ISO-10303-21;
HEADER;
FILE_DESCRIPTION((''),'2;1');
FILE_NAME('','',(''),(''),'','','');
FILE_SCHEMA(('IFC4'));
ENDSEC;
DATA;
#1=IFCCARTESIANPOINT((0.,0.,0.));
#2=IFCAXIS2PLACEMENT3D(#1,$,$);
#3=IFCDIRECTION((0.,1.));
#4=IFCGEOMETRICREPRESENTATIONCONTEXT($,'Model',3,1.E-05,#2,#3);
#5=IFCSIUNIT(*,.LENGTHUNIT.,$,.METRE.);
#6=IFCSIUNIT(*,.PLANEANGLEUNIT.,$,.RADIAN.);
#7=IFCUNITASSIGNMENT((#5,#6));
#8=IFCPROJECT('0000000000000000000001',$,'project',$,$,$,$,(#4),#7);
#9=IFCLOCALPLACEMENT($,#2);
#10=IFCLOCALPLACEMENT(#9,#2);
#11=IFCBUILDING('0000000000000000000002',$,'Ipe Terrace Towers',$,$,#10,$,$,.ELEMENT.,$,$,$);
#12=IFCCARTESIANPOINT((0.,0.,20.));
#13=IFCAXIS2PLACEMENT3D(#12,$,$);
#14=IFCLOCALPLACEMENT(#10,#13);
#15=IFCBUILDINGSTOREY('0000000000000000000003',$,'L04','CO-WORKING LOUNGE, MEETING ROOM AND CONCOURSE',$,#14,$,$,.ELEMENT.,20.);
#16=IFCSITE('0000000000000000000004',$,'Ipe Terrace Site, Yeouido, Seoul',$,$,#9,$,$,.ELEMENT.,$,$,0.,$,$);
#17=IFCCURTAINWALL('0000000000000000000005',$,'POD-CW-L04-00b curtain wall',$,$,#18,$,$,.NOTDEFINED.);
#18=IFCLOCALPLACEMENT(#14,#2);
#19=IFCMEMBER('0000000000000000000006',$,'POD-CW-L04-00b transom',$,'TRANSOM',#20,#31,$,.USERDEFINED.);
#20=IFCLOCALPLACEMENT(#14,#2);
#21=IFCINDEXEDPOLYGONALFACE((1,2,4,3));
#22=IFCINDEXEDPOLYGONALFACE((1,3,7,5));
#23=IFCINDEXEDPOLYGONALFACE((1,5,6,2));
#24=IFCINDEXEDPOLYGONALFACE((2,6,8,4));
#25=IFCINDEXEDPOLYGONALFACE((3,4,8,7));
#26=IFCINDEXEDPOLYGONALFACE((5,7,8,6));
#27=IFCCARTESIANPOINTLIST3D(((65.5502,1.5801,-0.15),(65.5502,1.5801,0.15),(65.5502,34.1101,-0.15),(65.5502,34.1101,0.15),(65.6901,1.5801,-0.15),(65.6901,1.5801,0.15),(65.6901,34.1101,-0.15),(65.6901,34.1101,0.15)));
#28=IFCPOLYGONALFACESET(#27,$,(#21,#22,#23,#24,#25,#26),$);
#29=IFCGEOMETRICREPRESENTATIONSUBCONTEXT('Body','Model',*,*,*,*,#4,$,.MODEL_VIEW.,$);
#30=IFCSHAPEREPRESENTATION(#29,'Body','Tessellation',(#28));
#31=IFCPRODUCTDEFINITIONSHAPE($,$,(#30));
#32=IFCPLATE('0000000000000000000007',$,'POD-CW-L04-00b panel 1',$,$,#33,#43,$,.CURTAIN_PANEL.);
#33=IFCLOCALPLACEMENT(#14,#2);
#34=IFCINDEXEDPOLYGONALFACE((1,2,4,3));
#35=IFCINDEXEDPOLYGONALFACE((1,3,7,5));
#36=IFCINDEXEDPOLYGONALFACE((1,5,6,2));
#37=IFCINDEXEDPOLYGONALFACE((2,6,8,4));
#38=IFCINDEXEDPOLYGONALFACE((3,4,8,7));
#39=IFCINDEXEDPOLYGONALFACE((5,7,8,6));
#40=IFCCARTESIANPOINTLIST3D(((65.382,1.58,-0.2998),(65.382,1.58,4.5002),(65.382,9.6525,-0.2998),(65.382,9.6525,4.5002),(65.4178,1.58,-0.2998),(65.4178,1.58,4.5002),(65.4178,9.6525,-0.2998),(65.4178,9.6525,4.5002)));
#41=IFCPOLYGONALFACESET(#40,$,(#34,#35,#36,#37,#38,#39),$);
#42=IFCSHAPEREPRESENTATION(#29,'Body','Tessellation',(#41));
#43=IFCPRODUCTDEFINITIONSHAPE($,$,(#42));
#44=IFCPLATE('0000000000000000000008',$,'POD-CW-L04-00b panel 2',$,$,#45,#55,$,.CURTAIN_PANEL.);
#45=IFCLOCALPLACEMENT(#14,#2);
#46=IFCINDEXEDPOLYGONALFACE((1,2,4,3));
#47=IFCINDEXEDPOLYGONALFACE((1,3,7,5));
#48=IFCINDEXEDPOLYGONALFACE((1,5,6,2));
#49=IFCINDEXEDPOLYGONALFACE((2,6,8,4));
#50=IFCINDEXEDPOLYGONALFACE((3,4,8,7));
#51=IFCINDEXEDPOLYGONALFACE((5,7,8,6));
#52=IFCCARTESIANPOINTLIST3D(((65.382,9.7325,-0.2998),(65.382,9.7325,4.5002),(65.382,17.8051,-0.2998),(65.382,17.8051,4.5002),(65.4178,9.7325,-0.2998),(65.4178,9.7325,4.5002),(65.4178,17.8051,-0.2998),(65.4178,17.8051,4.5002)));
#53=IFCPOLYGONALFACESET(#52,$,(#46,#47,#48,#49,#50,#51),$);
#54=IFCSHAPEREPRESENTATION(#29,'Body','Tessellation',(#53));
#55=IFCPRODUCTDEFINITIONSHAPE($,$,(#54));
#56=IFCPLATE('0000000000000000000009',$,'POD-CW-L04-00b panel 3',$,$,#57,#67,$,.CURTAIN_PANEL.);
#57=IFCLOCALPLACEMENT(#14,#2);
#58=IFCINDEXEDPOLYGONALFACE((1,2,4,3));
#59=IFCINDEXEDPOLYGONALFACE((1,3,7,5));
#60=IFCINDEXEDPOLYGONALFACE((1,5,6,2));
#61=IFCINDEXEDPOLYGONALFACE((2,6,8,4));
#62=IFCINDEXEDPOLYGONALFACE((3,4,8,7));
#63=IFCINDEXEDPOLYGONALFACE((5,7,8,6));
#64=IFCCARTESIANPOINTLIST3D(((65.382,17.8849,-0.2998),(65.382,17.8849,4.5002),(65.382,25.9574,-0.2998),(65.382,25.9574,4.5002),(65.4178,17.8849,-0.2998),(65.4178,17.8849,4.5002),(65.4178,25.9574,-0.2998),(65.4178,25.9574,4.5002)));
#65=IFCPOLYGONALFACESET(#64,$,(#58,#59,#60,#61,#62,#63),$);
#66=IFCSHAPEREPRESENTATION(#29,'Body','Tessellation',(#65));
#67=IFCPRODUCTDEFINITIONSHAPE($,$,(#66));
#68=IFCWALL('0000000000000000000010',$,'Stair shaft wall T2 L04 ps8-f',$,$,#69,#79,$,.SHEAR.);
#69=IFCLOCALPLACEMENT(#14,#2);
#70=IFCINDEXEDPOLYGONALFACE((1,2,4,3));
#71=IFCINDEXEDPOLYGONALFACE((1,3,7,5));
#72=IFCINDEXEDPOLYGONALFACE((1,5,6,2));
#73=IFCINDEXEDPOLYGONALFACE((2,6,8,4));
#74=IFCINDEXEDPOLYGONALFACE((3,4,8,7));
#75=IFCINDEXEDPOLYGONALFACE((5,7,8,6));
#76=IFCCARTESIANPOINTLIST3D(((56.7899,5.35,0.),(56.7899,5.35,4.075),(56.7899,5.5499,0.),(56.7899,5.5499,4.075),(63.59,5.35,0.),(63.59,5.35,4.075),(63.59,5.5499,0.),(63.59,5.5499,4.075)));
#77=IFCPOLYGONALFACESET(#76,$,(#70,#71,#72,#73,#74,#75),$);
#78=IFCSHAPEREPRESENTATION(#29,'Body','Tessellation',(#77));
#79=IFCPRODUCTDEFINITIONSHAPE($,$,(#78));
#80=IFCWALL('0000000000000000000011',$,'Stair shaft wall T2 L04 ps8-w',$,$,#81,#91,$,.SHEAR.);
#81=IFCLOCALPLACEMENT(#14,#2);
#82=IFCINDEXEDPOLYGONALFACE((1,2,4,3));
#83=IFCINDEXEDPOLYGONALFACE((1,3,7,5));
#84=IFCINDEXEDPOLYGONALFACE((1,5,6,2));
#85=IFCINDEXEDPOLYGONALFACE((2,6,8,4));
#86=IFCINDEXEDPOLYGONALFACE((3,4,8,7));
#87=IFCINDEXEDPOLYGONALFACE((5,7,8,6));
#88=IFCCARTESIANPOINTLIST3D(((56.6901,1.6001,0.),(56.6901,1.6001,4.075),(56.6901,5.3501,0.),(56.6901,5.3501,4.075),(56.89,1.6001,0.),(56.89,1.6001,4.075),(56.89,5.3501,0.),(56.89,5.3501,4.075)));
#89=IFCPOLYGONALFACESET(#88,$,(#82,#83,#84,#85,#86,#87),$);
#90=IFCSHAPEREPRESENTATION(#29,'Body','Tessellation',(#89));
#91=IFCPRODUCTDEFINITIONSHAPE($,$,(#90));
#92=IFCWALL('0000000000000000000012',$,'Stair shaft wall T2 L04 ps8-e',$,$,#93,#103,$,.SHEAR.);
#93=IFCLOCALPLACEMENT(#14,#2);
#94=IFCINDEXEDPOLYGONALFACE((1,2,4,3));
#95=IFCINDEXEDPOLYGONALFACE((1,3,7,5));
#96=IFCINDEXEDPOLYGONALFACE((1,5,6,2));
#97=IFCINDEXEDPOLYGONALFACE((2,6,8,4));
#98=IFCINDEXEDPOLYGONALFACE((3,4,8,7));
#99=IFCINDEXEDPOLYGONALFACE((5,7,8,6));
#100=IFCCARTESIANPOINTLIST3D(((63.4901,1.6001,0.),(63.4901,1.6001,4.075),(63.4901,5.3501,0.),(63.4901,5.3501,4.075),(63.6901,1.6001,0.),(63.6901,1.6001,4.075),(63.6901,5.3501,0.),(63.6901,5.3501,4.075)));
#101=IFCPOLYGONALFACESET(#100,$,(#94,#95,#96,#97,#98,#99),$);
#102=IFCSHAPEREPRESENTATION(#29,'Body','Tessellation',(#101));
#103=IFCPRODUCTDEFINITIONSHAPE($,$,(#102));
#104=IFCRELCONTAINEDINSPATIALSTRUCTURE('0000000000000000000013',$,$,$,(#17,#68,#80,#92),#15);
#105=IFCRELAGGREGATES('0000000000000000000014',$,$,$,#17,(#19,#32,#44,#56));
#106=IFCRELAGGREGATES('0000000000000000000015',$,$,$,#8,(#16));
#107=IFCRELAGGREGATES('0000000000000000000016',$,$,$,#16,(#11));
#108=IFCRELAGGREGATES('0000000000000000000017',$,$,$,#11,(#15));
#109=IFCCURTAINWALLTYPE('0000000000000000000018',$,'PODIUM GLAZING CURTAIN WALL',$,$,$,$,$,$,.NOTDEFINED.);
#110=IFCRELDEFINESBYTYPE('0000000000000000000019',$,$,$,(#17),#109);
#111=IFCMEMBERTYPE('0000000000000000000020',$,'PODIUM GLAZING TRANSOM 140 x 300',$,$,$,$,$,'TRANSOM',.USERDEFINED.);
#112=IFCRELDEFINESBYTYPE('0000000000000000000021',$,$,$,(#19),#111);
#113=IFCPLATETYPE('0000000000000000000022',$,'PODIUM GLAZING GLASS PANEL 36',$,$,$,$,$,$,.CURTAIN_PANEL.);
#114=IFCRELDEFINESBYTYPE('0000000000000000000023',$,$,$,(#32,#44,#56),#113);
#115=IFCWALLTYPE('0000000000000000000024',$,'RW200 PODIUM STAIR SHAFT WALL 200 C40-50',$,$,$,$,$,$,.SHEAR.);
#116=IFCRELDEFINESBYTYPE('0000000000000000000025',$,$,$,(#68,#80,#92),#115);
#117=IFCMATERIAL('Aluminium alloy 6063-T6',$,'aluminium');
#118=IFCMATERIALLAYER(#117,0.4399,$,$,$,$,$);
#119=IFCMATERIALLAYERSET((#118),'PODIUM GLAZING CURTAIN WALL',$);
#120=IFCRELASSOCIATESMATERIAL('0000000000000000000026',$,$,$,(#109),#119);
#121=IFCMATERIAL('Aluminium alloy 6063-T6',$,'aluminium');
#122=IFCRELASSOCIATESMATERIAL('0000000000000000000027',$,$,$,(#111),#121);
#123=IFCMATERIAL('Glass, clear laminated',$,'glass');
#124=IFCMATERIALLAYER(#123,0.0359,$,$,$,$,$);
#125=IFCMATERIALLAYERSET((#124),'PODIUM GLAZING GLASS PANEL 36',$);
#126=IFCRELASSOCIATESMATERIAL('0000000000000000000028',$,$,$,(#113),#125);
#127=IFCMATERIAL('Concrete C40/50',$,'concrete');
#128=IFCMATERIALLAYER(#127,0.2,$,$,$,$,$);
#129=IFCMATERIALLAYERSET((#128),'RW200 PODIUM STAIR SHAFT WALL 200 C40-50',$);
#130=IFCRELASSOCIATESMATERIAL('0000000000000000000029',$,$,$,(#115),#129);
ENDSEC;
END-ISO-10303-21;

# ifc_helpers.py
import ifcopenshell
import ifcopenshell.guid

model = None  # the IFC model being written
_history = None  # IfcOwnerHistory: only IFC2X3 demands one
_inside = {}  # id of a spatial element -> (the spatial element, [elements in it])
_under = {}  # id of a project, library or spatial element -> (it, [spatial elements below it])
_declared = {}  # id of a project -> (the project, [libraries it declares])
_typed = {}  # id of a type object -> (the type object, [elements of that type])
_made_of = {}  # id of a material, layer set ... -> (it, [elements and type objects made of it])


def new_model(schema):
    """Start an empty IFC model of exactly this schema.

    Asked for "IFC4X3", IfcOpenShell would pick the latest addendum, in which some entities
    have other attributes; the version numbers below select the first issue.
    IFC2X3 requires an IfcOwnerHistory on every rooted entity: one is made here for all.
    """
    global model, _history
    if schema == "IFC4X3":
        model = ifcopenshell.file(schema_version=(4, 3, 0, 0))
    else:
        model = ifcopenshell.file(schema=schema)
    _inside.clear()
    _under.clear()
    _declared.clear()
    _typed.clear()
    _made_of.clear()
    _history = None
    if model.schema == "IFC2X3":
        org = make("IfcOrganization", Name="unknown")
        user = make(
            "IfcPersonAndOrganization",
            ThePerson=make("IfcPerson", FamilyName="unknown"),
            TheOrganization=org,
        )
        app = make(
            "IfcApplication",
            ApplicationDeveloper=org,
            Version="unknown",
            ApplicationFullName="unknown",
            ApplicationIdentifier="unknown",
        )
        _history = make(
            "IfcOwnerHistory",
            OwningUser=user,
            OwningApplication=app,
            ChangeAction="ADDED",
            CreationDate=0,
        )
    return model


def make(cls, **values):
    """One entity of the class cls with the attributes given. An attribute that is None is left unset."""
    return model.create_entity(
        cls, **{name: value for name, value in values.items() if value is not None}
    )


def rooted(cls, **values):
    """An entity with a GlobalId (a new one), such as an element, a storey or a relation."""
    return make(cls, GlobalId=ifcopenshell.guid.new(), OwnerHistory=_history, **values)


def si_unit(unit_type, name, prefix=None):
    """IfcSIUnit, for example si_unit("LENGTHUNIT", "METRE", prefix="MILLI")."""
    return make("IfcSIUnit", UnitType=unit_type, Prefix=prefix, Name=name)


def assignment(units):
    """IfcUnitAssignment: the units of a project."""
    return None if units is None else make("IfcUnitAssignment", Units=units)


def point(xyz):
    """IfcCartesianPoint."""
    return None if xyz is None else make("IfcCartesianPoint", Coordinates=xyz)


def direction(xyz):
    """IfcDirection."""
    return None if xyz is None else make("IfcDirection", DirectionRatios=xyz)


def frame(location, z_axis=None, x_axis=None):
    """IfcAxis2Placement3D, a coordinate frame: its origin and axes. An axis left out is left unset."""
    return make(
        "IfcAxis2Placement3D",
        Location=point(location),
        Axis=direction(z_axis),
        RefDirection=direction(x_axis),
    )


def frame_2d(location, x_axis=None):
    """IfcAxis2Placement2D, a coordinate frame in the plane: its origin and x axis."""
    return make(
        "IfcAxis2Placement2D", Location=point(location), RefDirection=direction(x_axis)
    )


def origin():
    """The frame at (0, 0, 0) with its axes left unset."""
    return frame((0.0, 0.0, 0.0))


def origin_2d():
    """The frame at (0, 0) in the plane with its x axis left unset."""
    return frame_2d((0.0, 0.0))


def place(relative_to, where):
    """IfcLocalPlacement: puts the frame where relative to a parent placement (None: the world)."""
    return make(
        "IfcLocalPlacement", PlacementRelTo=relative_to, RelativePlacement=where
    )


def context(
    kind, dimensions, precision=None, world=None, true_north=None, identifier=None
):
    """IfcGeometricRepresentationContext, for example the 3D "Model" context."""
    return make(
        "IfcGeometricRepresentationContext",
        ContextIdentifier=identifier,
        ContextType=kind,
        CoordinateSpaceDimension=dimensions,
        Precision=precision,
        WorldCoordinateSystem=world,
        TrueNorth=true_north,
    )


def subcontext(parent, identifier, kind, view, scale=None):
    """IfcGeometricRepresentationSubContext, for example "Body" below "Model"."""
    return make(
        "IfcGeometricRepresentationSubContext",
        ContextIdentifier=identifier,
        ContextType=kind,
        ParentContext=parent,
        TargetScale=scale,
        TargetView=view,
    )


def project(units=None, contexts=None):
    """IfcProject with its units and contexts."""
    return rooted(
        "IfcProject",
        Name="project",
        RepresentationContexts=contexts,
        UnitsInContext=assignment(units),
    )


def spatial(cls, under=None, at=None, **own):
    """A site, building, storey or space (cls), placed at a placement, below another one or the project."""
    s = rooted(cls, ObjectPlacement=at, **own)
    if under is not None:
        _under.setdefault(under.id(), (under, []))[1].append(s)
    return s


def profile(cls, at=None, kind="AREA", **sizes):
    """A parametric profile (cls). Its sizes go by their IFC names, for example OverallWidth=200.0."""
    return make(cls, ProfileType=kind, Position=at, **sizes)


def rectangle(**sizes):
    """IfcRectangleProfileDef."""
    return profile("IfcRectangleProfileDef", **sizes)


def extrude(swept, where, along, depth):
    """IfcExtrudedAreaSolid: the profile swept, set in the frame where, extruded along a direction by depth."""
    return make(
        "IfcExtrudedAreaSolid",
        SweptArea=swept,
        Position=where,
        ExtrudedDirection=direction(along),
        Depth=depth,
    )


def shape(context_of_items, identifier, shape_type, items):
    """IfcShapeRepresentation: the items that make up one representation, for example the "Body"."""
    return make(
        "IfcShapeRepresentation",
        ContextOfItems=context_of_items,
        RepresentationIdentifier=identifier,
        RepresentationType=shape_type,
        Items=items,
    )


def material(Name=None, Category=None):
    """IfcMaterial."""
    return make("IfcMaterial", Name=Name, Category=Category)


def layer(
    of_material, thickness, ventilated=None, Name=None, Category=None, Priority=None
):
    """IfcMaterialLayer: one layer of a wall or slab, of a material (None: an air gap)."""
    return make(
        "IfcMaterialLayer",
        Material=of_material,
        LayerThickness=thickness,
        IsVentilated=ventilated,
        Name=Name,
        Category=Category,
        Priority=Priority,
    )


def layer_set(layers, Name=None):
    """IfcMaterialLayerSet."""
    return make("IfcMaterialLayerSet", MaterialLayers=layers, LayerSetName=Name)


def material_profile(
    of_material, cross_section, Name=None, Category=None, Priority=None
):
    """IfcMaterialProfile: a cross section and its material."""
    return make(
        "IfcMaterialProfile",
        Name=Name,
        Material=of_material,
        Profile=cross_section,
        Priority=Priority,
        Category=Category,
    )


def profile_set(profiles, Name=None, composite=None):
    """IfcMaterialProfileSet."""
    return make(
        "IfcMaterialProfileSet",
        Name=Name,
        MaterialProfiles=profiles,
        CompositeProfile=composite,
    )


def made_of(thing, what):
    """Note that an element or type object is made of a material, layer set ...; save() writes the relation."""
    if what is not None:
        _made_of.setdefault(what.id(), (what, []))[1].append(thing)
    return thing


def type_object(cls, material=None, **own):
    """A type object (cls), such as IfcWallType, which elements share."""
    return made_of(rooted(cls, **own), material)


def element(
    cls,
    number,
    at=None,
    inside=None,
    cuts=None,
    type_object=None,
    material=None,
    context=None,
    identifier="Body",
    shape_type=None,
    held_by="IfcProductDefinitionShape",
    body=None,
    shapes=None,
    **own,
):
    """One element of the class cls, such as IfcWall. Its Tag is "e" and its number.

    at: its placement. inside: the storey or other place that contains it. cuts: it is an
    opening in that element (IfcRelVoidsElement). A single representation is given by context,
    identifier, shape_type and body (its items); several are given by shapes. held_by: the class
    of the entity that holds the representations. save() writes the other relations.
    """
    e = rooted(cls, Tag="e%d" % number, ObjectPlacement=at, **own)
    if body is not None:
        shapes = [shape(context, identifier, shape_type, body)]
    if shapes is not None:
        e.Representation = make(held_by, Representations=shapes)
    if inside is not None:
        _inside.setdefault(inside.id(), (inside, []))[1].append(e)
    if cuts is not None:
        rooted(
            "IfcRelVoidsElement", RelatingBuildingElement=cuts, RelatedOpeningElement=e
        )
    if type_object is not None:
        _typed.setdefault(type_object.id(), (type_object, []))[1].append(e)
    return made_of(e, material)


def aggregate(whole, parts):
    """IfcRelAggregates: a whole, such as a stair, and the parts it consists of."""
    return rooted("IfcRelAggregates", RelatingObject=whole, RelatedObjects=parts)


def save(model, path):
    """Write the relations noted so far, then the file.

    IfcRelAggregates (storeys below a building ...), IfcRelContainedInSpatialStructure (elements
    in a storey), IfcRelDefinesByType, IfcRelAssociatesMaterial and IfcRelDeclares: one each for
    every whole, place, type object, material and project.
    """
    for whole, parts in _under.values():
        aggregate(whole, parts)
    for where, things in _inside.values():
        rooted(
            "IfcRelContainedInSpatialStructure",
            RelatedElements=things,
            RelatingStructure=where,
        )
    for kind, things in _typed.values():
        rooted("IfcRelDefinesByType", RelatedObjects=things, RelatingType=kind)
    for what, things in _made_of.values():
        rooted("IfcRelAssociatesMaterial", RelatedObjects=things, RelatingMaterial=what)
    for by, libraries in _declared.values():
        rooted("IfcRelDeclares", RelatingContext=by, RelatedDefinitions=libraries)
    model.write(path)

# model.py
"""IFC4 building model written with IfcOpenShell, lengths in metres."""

from ifc_helpers import new_model, si_unit, direction, frame, frame_2d, origin, origin_2d, place, context, subcontext, project, spatial, rectangle, extrude, material, layer, layer_set, material_profile, profile_set, type_object, element, aggregate, save


model = new_model("IFC4")

# Units and contexts
model_context = context("Model", 3, precision=1e-05, world=origin(), true_north=direction((0.0, 1.0)))
body_context = subcontext(model_context, "Body", "Model", "MODEL_VIEW")
ifc_project = project(units=[si_unit("LENGTHUNIT", "METRE"), si_unit("PLANEANGLEUNIT", "RADIAN")], contexts=[model_context])

# Site, building, storey
site_placement = place(None, origin())
site = spatial("IfcSite", under=ifc_project, at=site_placement, Name="Ipe Terrace Site, Yeouido, Seoul", CompositionType="ELEMENT", RefElevation=0.0)
building_placement = place(site_placement, origin())
building = spatial("IfcBuilding", under=site, at=building_placement, Name="Ipe Terrace Towers", CompositionType="ELEMENT")
storey_placement = place(building_placement, frame((0.0, 0.0, 20.0)))
storey = spatial("IfcBuildingStorey", under=building, at=storey_placement, Name="L04", Description="CO-WORKING LOUNGE, MEETING ROOM AND CONCOURSE", CompositionType="ELEMENT", Elevation=20.0)

# Curtain wall, member, plates
ifc_material_1 = material(Name="Aluminium alloy 6063-T6", Category="aluminium")
ifc_layer_1 = layer(ifc_material_1, 0.4399)
ifc_layer_set_1 = layer_set([ifc_layer_1], Name="PODIUM GLAZING CURTAIN WALL")
curtain_wall_type = type_object("IfcCurtainWallType", Name="PODIUM GLAZING CURTAIN WALL", PredefinedType="NOTDEFINED", material=ifc_layer_set_1)
curtain_wall_placement = place(storey_placement, origin())
curtain_wall = element("IfcCurtainWall", 1, at=curtain_wall_placement, inside=storey, type_object=curtain_wall_type, Name="POD-CW-L04-00b curtain wall", PredefinedType="NOTDEFINED")
ifc_material_2 = material(Name="Aluminium alloy 6063-T6", Category="aluminium")
ifc_material_profile_1 = material_profile(ifc_material_2, rectangle(XDim=0.1399, YDim=0.3, at=origin_2d()), Name="PODIUM GLAZING TRANSOM 140 x 300")
ifc_profile_set_1 = profile_set([ifc_material_profile_1], Name="Aluminium alloy 6063-T6")
member_type_1 = type_object("IfcMemberType", Name="PODIUM GLAZING TRANSOM 140 x 300", ElementType="TRANSOM", PredefinedType="USERDEFINED", material=ifc_profile_set_1)
member_1_placement = place(storey_placement, frame((65.6201, 1.5801, 0.0), z_axis=(0.0, 1.0, 0.0), x_axis=(1.0, 0.0, 0.0)))
member_1 = element("IfcMember", 2, at=member_1_placement, type_object=member_type_1, Name="POD-CW-L04-00b transom", ObjectType="TRANSOM", PredefinedType="USERDEFINED", context=body_context, shape_type="SweptSolid", body=[
    extrude(rectangle(XDim=0.1399, YDim=0.3, at=origin_2d()), origin(), (0.0, 0.0, 1.0), 32.53),
])
ifc_material_3 = material(Name="Glass, clear laminated", Category="glass")
ifc_layer_2 = layer(ifc_material_3, 0.0359)
ifc_layer_set_2 = layer_set([ifc_layer_2], Name="PODIUM GLAZING GLASS PANEL 36")
plate_type = type_object("IfcPlateType", Name="PODIUM GLAZING GLASS PANEL 36", PredefinedType="CURTAIN_PANEL", material=ifc_layer_set_2)
plate_1_placement = place(storey_placement, frame((65.3999, 5.6162, -0.2998), z_axis=(0.0, 0.0, 1.0), x_axis=(0.0, 1.0, 0.0)))
plate_1 = element("IfcPlate", 3, at=plate_1_placement, type_object=plate_type, Name="POD-CW-L04-00b panel 1", PredefinedType="CURTAIN_PANEL", context=body_context, shape_type="SweptSolid", body=[
    extrude(rectangle(XDim=8.0725, YDim=0.0359, at=origin_2d()), origin(), (0.0, 0.0, 1.0), 4.8),
])
plate_2_placement = place(storey_placement, frame((65.3999, 13.7688, -0.2998), z_axis=(0.0, 0.0, 1.0), x_axis=(0.0, 1.0, 0.0)))
plate_2 = element("IfcPlate", 4, at=plate_2_placement, type_object=plate_type, Name="POD-CW-L04-00b panel 2", PredefinedType="CURTAIN_PANEL", context=body_context, shape_type="SweptSolid", body=[
    extrude(rectangle(XDim=8.0725, YDim=0.0359, at=origin_2d()), origin(), (0.0, 0.0, 1.0), 4.8),
])
plate_3_placement = place(storey_placement, frame((65.3999, 21.9211, -0.2998), z_axis=(0.0, 0.0, 1.0), x_axis=(0.0, 1.0, 0.0)))
plate_3 = element("IfcPlate", 5, at=plate_3_placement, type_object=plate_type, Name="POD-CW-L04-00b panel 3", PredefinedType="CURTAIN_PANEL", context=body_context, shape_type="SweptSolid", body=[
    extrude(rectangle(XDim=8.0725, YDim=0.0359, at=origin_2d()), origin(), (0.0, 0.0, 1.0), 4.8),
])
aggregate(curtain_wall, [member_1, plate_1, plate_2, plate_3])

# Walls
ifc_material_4 = material(Name="Concrete C40/50", Category="concrete")
ifc_layer_3 = layer(ifc_material_4, 0.2)
ifc_layer_set_3 = layer_set([ifc_layer_3], Name="RW200 PODIUM STAIR SHAFT WALL 200 C40-50")
wall_type = type_object("IfcWallType", Name="RW200 PODIUM STAIR SHAFT WALL 200 C40-50", PredefinedType="SHEAR", material=ifc_layer_set_3)
wall_placement = place(storey_placement, frame((56.79, 5.45, 0.0), z_axis=(0.0, 0.0, 1.0), x_axis=(1.0, 0.0, 0.0)))
element("IfcWall", 6, at=wall_placement, inside=storey, type_object=wall_type, Name="Stair shaft wall T2 L04 ps8-f", PredefinedType="SHEAR", context=body_context, shape_type="SweptSolid", body=[
    extrude(rectangle(XDim=6.8, YDim=0.2, at=frame_2d((3.3999, 0.0))), origin(), (0.0, 0.0, 1.0), 4.075),
])
for number, where, z_axis, x_axis, name in (
    (7, (56.79, 1.6001, 0.0), (0.0, 0.0, 1.0), (0.0, 1.0, 0.0), "Stair shaft wall T2 L04 ps8-w"),
    (8, (63.5901, 1.6001, 0.0), (0.0, 0.0, 1.0), (0.0, 1.0, 0.0), "Stair shaft wall T2 L04 ps8-e"),
):
    element("IfcWall", number, at=place(storey_placement, frame(where, z_axis=z_axis, x_axis=x_axis)), inside=storey, type_object=wall_type, Name=name, PredefinedType="SHEAR", context=body_context, shape_type="SweptSolid", body=[
        extrude(rectangle(XDim=3.75, YDim=0.2, at=frame_2d((1.875, 0.0))), origin(), (0.0, 0.0, 1.0), 4.075),
    ])

save(model, "model.ifc")
